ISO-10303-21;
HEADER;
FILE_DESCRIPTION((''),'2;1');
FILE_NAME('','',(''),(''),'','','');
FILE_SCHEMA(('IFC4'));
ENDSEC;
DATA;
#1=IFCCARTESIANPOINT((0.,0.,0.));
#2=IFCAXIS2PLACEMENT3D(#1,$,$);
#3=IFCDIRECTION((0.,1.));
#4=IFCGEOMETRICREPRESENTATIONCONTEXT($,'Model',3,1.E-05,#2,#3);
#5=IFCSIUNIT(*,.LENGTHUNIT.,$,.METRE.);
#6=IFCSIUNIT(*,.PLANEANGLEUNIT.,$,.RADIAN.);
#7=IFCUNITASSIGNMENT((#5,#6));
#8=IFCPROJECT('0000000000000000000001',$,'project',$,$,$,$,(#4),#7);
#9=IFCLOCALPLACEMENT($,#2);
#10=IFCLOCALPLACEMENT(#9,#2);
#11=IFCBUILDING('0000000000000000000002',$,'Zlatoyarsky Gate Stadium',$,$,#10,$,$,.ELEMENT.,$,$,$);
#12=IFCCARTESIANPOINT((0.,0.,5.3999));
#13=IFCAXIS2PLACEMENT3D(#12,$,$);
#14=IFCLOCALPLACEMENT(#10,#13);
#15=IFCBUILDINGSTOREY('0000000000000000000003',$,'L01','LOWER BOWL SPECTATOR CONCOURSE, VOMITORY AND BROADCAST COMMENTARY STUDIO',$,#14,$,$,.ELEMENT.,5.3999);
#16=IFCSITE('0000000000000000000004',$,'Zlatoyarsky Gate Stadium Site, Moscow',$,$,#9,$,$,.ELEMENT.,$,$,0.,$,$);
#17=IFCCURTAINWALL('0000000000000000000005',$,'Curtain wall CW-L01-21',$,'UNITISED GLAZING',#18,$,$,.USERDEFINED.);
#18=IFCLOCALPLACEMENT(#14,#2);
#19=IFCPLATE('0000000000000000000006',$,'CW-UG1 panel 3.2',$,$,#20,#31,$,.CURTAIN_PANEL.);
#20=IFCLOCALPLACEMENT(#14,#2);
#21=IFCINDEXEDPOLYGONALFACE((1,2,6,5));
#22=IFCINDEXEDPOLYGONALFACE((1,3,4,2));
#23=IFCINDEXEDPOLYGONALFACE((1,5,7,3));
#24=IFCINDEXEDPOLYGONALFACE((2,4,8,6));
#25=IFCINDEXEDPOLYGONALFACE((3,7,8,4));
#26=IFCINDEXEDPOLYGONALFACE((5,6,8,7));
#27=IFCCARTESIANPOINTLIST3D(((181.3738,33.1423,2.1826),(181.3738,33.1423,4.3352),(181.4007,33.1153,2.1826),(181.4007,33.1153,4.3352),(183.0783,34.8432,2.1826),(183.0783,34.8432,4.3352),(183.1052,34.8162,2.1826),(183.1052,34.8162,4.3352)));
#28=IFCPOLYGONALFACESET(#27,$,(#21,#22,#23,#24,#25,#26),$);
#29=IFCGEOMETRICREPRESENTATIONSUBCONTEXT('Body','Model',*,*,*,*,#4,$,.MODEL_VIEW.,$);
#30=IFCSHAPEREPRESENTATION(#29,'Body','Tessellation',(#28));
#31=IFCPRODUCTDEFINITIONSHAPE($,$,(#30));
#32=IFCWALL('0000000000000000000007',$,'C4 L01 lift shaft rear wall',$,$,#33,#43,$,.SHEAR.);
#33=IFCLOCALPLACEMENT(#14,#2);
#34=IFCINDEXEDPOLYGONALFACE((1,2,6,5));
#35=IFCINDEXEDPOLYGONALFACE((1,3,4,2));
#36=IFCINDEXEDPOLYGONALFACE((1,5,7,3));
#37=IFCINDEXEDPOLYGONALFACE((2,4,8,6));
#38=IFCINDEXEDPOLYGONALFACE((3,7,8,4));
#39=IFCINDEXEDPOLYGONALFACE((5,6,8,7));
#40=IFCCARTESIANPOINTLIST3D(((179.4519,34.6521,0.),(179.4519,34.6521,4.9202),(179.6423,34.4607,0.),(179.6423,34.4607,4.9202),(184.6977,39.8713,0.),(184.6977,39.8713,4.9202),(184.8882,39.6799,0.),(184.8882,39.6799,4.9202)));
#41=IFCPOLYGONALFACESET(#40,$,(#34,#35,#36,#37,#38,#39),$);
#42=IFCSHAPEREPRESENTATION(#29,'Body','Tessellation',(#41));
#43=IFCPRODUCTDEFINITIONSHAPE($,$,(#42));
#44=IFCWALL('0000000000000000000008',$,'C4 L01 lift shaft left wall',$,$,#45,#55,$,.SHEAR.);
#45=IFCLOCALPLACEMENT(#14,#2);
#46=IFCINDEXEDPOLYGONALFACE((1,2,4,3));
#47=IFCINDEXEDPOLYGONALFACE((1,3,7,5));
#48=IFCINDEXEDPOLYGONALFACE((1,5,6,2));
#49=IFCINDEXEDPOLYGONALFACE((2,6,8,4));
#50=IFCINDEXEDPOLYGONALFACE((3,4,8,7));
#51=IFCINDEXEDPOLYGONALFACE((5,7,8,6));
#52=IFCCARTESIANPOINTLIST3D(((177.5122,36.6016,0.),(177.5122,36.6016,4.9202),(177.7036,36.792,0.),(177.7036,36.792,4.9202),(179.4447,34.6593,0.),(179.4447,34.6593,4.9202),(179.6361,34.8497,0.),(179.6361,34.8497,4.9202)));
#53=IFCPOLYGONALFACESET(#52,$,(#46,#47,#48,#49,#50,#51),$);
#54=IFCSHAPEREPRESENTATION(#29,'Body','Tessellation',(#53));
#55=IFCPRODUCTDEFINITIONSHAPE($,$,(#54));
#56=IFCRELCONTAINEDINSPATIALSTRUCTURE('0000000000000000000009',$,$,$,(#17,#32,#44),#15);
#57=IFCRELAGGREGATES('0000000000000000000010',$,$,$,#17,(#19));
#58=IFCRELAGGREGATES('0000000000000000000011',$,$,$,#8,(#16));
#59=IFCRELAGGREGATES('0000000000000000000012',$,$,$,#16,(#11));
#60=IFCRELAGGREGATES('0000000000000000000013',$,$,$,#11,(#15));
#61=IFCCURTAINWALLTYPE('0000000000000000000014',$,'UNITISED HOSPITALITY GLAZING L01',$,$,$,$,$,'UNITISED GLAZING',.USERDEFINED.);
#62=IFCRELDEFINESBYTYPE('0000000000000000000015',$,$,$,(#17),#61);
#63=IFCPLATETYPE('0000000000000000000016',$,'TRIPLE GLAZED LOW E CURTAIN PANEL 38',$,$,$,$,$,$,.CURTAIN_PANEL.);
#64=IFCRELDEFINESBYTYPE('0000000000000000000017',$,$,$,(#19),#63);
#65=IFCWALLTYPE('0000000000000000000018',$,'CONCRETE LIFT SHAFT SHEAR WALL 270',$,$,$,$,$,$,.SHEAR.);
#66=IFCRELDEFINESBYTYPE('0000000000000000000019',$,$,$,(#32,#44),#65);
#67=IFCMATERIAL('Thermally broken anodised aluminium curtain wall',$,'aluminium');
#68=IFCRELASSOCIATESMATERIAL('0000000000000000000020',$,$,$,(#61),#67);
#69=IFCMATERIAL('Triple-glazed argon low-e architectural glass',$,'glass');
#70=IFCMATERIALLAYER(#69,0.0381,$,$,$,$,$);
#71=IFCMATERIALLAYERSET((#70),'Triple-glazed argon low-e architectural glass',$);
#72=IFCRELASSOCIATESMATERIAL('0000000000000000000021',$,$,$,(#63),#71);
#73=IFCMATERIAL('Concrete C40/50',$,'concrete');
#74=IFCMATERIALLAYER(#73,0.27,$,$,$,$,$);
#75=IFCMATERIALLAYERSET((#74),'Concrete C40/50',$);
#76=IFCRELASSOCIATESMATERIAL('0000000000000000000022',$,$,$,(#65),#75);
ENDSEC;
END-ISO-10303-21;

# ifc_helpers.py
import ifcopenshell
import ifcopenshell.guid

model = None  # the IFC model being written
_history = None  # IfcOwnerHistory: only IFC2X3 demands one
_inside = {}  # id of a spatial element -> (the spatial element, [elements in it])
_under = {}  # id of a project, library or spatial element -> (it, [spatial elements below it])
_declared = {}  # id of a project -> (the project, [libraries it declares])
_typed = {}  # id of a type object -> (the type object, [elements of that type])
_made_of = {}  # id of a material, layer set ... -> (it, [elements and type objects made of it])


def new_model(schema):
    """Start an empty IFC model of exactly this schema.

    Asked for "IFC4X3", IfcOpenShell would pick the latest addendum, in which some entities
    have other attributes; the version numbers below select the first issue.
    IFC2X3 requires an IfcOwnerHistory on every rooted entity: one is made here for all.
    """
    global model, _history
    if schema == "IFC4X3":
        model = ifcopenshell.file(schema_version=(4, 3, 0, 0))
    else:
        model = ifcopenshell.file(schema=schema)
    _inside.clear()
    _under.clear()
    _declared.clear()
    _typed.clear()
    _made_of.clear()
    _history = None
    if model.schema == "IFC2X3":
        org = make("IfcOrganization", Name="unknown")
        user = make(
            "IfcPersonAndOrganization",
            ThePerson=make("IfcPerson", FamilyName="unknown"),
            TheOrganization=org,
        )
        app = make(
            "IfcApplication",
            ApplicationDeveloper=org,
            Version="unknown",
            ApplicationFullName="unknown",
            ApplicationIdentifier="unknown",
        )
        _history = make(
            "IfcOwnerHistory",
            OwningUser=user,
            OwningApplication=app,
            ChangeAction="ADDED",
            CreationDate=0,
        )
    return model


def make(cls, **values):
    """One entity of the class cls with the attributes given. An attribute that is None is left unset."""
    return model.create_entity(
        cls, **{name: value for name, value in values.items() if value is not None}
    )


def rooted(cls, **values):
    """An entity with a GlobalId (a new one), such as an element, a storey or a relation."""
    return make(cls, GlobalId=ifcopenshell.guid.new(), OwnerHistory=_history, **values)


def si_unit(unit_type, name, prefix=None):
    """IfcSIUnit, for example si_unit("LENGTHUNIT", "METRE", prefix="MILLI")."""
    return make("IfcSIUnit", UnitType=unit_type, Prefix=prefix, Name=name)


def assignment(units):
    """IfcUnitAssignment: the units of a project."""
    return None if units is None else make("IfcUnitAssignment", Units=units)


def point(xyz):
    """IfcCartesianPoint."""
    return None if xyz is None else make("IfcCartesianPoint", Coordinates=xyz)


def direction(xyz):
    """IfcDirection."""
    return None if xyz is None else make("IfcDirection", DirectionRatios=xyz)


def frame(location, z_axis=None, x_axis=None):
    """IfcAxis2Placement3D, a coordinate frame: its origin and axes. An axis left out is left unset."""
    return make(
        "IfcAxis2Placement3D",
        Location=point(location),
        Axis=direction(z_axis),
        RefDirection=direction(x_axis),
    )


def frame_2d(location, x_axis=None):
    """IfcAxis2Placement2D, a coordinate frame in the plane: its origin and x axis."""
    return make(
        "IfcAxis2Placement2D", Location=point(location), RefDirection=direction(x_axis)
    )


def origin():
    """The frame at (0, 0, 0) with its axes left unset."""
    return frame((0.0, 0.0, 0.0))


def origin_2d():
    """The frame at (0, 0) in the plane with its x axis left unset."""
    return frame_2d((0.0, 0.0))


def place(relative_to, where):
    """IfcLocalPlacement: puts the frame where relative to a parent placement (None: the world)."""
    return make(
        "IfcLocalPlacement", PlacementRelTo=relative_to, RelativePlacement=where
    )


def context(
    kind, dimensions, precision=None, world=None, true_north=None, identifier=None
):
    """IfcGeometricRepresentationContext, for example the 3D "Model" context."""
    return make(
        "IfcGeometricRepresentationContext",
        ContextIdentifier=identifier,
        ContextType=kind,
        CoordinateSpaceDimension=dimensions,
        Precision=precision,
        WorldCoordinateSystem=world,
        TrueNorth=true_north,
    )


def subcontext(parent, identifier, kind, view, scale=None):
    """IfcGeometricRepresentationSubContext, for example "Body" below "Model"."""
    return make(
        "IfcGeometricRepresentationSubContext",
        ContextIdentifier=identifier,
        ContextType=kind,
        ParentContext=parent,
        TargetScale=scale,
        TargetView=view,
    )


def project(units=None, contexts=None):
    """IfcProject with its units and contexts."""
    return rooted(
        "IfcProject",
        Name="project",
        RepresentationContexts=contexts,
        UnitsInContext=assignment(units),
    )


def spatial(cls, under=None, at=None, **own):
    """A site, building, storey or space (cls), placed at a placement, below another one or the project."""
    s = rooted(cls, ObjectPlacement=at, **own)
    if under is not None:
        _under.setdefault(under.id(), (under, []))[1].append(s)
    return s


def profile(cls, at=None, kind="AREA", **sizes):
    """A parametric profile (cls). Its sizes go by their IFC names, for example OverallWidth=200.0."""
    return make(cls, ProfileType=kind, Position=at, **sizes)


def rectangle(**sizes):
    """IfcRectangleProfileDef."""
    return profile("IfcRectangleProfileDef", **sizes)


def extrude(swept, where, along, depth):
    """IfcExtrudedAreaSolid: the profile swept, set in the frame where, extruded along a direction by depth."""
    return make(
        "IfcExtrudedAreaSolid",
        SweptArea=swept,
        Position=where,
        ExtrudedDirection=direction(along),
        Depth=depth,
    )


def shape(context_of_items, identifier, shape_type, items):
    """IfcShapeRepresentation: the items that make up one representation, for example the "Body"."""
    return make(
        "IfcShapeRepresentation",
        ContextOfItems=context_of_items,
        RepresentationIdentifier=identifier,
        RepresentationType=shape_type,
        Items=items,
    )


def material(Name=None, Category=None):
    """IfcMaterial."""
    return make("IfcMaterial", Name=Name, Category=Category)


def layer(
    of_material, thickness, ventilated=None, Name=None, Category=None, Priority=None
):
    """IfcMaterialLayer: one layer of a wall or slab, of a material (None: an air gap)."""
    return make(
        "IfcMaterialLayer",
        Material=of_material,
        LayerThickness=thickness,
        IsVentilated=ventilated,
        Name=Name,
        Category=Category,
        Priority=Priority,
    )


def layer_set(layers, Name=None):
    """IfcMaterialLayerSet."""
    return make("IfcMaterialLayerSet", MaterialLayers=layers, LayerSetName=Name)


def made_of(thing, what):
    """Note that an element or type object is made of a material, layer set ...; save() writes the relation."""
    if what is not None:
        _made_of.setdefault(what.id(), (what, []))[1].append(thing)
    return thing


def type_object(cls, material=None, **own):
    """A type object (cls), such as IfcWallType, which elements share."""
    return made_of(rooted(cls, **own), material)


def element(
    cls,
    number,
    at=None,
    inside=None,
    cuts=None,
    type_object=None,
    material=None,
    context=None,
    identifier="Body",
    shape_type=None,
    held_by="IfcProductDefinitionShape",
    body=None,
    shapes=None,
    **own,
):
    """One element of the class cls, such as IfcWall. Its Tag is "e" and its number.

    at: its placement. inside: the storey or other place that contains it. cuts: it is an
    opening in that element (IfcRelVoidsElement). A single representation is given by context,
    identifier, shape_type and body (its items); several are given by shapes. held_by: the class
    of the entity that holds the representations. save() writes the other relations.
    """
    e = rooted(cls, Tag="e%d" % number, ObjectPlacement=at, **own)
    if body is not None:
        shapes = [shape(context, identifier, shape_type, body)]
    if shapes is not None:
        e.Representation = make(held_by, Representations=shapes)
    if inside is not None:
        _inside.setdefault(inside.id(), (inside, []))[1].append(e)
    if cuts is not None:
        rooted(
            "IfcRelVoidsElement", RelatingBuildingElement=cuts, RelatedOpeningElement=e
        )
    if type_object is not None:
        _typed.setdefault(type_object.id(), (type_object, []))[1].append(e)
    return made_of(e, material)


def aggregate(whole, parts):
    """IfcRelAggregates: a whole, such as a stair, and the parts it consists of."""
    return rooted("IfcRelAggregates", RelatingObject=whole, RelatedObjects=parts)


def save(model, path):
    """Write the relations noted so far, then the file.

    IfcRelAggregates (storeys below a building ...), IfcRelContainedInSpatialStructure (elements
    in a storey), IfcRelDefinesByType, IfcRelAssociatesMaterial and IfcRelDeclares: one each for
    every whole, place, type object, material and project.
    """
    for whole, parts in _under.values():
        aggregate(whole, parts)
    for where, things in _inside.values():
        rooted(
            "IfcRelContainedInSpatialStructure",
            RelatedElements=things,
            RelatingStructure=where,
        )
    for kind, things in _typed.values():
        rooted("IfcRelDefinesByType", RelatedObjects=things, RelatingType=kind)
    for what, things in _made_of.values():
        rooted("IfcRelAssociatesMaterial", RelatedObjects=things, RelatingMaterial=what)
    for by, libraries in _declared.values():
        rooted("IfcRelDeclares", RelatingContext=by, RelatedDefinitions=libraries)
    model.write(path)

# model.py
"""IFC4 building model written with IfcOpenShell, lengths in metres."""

from ifc_helpers import new_model, si_unit, direction, frame, frame_2d, origin, origin_2d, place, context, subcontext, project, spatial, rectangle, extrude, material, layer, layer_set, type_object, element, aggregate, save


model = new_model("IFC4")

# Units and contexts
model_context = context("Model", 3, precision=1e-05, world=origin(), true_north=direction((0.0, 1.0)))
body_context = subcontext(model_context, "Body", "Model", "MODEL_VIEW")
ifc_project = project(units=[si_unit("LENGTHUNIT", "METRE"), si_unit("PLANEANGLEUNIT", "RADIAN")], contexts=[model_context])

# Site, building, storey
site_placement = place(None, origin())
site = spatial("IfcSite", under=ifc_project, at=site_placement, Name="Zlatoyarsky Gate Stadium Site, Moscow", CompositionType="ELEMENT", RefElevation=0.0)
building_placement = place(site_placement, origin())
building = spatial("IfcBuilding", under=site, at=building_placement, Name="Zlatoyarsky Gate Stadium", CompositionType="ELEMENT")
storey_placement = place(building_placement, frame((0.0, 0.0, 5.3999)))
storey = spatial("IfcBuildingStorey", under=building, at=storey_placement, Name="L01", Description="LOWER BOWL SPECTATOR CONCOURSE, VOMITORY AND BROADCAST COMMENTARY STUDIO", CompositionType="ELEMENT", Elevation=5.3999)

# Curtain wall
ifc_material_1 = material(Name="Thermally broken anodised aluminium curtain wall", Category="aluminium")
curtain_wall_type = type_object("IfcCurtainWallType", Name="UNITISED HOSPITALITY GLAZING L01", ElementType="UNITISED GLAZING", PredefinedType="USERDEFINED", material=ifc_material_1)
curtain_wall_placement = place(storey_placement, origin())
curtain_wall = element("IfcCurtainWall", 1, at=curtain_wall_placement, inside=storey, type_object=curtain_wall_type, Name="Curtain wall CW-L01-21", ObjectType="UNITISED GLAZING", PredefinedType="USERDEFINED")

# Plate
ifc_material_2 = material(Name="Triple-glazed argon low-e architectural glass", Category="glass")
ifc_layer_1 = layer(ifc_material_2, 0.0381)
ifc_layer_set_1 = layer_set([ifc_layer_1], Name="Triple-glazed argon low-e architectural glass")
plate_type_1 = type_object("IfcPlateType", Name="TRIPLE GLAZED LOW E CURTAIN PANEL 38", PredefinedType="CURTAIN_PANEL", material=ifc_layer_set_1)
plate_1_placement = place(storey_placement, frame((182.2395, 33.9792, 2.1826), z_axis=(0.0, 0.0, 1.0), x_axis=(0.707842, 0.706371, 0.0)))
plate_1 = element("IfcPlate", 2, at=plate_1_placement, type_object=plate_type_1, Name="CW-UG1 panel 3.2", PredefinedType="CURTAIN_PANEL", context=body_context, shape_type="SweptSolid", body=[
    extrude(rectangle(XDim=2.408, YDim=0.0381, at=origin_2d()), origin(), (0.0, 0.0, 1.0), 2.1526),
])
aggregate(curtain_wall, [plate_1])

# Walls
ifc_material_3 = material(Name="Concrete C40/50", Category="concrete")
ifc_layer_2 = layer(ifc_material_3, 0.27)
ifc_layer_set_2 = layer_set([ifc_layer_2], Name="Concrete C40/50")
wall_type = type_object("IfcWallType", Name="CONCRETE LIFT SHAFT SHEAR WALL 270", PredefinedType="SHEAR", material=ifc_layer_set_2)
wall_1_placement = place(storey_placement, frame((179.5471, 34.5564, 0.0), z_axis=(0.0, 0.0, 1.0), x_axis=(0.708903, 0.705306, 0.0)))
element("IfcWall", 3, at=wall_1_placement, inside=storey, type_object=wall_type, Name="C4 L01 lift shaft rear wall", PredefinedType="SHEAR", context=body_context, shape_type="SweptSolid", body=[
    extrude(rectangle(XDim=7.3999, YDim=0.27, at=frame_2d((3.7, 0.0))), origin(), (0.0, 0.0, 1.0), 4.9202),
])
wall_2_placement = place(storey_placement, frame((179.5405, 34.7544, 0.0), z_axis=(0.0, 0.0, 1.0), x_axis=(-0.705323, 0.708887, 0.0)))
element("IfcWall", 4, at=wall_2_placement, inside=storey, type_object=wall_type, Name="C4 L01 lift shaft left wall", PredefinedType="SHEAR", context=body_context, shape_type="SweptSolid", body=[
    extrude(rectangle(XDim=2.74, YDim=0.27, at=frame_2d((1.3701, 0.0))), origin(), (0.0, 0.0, 1.0), 4.9202),
])

save(model, "model.ifc")
